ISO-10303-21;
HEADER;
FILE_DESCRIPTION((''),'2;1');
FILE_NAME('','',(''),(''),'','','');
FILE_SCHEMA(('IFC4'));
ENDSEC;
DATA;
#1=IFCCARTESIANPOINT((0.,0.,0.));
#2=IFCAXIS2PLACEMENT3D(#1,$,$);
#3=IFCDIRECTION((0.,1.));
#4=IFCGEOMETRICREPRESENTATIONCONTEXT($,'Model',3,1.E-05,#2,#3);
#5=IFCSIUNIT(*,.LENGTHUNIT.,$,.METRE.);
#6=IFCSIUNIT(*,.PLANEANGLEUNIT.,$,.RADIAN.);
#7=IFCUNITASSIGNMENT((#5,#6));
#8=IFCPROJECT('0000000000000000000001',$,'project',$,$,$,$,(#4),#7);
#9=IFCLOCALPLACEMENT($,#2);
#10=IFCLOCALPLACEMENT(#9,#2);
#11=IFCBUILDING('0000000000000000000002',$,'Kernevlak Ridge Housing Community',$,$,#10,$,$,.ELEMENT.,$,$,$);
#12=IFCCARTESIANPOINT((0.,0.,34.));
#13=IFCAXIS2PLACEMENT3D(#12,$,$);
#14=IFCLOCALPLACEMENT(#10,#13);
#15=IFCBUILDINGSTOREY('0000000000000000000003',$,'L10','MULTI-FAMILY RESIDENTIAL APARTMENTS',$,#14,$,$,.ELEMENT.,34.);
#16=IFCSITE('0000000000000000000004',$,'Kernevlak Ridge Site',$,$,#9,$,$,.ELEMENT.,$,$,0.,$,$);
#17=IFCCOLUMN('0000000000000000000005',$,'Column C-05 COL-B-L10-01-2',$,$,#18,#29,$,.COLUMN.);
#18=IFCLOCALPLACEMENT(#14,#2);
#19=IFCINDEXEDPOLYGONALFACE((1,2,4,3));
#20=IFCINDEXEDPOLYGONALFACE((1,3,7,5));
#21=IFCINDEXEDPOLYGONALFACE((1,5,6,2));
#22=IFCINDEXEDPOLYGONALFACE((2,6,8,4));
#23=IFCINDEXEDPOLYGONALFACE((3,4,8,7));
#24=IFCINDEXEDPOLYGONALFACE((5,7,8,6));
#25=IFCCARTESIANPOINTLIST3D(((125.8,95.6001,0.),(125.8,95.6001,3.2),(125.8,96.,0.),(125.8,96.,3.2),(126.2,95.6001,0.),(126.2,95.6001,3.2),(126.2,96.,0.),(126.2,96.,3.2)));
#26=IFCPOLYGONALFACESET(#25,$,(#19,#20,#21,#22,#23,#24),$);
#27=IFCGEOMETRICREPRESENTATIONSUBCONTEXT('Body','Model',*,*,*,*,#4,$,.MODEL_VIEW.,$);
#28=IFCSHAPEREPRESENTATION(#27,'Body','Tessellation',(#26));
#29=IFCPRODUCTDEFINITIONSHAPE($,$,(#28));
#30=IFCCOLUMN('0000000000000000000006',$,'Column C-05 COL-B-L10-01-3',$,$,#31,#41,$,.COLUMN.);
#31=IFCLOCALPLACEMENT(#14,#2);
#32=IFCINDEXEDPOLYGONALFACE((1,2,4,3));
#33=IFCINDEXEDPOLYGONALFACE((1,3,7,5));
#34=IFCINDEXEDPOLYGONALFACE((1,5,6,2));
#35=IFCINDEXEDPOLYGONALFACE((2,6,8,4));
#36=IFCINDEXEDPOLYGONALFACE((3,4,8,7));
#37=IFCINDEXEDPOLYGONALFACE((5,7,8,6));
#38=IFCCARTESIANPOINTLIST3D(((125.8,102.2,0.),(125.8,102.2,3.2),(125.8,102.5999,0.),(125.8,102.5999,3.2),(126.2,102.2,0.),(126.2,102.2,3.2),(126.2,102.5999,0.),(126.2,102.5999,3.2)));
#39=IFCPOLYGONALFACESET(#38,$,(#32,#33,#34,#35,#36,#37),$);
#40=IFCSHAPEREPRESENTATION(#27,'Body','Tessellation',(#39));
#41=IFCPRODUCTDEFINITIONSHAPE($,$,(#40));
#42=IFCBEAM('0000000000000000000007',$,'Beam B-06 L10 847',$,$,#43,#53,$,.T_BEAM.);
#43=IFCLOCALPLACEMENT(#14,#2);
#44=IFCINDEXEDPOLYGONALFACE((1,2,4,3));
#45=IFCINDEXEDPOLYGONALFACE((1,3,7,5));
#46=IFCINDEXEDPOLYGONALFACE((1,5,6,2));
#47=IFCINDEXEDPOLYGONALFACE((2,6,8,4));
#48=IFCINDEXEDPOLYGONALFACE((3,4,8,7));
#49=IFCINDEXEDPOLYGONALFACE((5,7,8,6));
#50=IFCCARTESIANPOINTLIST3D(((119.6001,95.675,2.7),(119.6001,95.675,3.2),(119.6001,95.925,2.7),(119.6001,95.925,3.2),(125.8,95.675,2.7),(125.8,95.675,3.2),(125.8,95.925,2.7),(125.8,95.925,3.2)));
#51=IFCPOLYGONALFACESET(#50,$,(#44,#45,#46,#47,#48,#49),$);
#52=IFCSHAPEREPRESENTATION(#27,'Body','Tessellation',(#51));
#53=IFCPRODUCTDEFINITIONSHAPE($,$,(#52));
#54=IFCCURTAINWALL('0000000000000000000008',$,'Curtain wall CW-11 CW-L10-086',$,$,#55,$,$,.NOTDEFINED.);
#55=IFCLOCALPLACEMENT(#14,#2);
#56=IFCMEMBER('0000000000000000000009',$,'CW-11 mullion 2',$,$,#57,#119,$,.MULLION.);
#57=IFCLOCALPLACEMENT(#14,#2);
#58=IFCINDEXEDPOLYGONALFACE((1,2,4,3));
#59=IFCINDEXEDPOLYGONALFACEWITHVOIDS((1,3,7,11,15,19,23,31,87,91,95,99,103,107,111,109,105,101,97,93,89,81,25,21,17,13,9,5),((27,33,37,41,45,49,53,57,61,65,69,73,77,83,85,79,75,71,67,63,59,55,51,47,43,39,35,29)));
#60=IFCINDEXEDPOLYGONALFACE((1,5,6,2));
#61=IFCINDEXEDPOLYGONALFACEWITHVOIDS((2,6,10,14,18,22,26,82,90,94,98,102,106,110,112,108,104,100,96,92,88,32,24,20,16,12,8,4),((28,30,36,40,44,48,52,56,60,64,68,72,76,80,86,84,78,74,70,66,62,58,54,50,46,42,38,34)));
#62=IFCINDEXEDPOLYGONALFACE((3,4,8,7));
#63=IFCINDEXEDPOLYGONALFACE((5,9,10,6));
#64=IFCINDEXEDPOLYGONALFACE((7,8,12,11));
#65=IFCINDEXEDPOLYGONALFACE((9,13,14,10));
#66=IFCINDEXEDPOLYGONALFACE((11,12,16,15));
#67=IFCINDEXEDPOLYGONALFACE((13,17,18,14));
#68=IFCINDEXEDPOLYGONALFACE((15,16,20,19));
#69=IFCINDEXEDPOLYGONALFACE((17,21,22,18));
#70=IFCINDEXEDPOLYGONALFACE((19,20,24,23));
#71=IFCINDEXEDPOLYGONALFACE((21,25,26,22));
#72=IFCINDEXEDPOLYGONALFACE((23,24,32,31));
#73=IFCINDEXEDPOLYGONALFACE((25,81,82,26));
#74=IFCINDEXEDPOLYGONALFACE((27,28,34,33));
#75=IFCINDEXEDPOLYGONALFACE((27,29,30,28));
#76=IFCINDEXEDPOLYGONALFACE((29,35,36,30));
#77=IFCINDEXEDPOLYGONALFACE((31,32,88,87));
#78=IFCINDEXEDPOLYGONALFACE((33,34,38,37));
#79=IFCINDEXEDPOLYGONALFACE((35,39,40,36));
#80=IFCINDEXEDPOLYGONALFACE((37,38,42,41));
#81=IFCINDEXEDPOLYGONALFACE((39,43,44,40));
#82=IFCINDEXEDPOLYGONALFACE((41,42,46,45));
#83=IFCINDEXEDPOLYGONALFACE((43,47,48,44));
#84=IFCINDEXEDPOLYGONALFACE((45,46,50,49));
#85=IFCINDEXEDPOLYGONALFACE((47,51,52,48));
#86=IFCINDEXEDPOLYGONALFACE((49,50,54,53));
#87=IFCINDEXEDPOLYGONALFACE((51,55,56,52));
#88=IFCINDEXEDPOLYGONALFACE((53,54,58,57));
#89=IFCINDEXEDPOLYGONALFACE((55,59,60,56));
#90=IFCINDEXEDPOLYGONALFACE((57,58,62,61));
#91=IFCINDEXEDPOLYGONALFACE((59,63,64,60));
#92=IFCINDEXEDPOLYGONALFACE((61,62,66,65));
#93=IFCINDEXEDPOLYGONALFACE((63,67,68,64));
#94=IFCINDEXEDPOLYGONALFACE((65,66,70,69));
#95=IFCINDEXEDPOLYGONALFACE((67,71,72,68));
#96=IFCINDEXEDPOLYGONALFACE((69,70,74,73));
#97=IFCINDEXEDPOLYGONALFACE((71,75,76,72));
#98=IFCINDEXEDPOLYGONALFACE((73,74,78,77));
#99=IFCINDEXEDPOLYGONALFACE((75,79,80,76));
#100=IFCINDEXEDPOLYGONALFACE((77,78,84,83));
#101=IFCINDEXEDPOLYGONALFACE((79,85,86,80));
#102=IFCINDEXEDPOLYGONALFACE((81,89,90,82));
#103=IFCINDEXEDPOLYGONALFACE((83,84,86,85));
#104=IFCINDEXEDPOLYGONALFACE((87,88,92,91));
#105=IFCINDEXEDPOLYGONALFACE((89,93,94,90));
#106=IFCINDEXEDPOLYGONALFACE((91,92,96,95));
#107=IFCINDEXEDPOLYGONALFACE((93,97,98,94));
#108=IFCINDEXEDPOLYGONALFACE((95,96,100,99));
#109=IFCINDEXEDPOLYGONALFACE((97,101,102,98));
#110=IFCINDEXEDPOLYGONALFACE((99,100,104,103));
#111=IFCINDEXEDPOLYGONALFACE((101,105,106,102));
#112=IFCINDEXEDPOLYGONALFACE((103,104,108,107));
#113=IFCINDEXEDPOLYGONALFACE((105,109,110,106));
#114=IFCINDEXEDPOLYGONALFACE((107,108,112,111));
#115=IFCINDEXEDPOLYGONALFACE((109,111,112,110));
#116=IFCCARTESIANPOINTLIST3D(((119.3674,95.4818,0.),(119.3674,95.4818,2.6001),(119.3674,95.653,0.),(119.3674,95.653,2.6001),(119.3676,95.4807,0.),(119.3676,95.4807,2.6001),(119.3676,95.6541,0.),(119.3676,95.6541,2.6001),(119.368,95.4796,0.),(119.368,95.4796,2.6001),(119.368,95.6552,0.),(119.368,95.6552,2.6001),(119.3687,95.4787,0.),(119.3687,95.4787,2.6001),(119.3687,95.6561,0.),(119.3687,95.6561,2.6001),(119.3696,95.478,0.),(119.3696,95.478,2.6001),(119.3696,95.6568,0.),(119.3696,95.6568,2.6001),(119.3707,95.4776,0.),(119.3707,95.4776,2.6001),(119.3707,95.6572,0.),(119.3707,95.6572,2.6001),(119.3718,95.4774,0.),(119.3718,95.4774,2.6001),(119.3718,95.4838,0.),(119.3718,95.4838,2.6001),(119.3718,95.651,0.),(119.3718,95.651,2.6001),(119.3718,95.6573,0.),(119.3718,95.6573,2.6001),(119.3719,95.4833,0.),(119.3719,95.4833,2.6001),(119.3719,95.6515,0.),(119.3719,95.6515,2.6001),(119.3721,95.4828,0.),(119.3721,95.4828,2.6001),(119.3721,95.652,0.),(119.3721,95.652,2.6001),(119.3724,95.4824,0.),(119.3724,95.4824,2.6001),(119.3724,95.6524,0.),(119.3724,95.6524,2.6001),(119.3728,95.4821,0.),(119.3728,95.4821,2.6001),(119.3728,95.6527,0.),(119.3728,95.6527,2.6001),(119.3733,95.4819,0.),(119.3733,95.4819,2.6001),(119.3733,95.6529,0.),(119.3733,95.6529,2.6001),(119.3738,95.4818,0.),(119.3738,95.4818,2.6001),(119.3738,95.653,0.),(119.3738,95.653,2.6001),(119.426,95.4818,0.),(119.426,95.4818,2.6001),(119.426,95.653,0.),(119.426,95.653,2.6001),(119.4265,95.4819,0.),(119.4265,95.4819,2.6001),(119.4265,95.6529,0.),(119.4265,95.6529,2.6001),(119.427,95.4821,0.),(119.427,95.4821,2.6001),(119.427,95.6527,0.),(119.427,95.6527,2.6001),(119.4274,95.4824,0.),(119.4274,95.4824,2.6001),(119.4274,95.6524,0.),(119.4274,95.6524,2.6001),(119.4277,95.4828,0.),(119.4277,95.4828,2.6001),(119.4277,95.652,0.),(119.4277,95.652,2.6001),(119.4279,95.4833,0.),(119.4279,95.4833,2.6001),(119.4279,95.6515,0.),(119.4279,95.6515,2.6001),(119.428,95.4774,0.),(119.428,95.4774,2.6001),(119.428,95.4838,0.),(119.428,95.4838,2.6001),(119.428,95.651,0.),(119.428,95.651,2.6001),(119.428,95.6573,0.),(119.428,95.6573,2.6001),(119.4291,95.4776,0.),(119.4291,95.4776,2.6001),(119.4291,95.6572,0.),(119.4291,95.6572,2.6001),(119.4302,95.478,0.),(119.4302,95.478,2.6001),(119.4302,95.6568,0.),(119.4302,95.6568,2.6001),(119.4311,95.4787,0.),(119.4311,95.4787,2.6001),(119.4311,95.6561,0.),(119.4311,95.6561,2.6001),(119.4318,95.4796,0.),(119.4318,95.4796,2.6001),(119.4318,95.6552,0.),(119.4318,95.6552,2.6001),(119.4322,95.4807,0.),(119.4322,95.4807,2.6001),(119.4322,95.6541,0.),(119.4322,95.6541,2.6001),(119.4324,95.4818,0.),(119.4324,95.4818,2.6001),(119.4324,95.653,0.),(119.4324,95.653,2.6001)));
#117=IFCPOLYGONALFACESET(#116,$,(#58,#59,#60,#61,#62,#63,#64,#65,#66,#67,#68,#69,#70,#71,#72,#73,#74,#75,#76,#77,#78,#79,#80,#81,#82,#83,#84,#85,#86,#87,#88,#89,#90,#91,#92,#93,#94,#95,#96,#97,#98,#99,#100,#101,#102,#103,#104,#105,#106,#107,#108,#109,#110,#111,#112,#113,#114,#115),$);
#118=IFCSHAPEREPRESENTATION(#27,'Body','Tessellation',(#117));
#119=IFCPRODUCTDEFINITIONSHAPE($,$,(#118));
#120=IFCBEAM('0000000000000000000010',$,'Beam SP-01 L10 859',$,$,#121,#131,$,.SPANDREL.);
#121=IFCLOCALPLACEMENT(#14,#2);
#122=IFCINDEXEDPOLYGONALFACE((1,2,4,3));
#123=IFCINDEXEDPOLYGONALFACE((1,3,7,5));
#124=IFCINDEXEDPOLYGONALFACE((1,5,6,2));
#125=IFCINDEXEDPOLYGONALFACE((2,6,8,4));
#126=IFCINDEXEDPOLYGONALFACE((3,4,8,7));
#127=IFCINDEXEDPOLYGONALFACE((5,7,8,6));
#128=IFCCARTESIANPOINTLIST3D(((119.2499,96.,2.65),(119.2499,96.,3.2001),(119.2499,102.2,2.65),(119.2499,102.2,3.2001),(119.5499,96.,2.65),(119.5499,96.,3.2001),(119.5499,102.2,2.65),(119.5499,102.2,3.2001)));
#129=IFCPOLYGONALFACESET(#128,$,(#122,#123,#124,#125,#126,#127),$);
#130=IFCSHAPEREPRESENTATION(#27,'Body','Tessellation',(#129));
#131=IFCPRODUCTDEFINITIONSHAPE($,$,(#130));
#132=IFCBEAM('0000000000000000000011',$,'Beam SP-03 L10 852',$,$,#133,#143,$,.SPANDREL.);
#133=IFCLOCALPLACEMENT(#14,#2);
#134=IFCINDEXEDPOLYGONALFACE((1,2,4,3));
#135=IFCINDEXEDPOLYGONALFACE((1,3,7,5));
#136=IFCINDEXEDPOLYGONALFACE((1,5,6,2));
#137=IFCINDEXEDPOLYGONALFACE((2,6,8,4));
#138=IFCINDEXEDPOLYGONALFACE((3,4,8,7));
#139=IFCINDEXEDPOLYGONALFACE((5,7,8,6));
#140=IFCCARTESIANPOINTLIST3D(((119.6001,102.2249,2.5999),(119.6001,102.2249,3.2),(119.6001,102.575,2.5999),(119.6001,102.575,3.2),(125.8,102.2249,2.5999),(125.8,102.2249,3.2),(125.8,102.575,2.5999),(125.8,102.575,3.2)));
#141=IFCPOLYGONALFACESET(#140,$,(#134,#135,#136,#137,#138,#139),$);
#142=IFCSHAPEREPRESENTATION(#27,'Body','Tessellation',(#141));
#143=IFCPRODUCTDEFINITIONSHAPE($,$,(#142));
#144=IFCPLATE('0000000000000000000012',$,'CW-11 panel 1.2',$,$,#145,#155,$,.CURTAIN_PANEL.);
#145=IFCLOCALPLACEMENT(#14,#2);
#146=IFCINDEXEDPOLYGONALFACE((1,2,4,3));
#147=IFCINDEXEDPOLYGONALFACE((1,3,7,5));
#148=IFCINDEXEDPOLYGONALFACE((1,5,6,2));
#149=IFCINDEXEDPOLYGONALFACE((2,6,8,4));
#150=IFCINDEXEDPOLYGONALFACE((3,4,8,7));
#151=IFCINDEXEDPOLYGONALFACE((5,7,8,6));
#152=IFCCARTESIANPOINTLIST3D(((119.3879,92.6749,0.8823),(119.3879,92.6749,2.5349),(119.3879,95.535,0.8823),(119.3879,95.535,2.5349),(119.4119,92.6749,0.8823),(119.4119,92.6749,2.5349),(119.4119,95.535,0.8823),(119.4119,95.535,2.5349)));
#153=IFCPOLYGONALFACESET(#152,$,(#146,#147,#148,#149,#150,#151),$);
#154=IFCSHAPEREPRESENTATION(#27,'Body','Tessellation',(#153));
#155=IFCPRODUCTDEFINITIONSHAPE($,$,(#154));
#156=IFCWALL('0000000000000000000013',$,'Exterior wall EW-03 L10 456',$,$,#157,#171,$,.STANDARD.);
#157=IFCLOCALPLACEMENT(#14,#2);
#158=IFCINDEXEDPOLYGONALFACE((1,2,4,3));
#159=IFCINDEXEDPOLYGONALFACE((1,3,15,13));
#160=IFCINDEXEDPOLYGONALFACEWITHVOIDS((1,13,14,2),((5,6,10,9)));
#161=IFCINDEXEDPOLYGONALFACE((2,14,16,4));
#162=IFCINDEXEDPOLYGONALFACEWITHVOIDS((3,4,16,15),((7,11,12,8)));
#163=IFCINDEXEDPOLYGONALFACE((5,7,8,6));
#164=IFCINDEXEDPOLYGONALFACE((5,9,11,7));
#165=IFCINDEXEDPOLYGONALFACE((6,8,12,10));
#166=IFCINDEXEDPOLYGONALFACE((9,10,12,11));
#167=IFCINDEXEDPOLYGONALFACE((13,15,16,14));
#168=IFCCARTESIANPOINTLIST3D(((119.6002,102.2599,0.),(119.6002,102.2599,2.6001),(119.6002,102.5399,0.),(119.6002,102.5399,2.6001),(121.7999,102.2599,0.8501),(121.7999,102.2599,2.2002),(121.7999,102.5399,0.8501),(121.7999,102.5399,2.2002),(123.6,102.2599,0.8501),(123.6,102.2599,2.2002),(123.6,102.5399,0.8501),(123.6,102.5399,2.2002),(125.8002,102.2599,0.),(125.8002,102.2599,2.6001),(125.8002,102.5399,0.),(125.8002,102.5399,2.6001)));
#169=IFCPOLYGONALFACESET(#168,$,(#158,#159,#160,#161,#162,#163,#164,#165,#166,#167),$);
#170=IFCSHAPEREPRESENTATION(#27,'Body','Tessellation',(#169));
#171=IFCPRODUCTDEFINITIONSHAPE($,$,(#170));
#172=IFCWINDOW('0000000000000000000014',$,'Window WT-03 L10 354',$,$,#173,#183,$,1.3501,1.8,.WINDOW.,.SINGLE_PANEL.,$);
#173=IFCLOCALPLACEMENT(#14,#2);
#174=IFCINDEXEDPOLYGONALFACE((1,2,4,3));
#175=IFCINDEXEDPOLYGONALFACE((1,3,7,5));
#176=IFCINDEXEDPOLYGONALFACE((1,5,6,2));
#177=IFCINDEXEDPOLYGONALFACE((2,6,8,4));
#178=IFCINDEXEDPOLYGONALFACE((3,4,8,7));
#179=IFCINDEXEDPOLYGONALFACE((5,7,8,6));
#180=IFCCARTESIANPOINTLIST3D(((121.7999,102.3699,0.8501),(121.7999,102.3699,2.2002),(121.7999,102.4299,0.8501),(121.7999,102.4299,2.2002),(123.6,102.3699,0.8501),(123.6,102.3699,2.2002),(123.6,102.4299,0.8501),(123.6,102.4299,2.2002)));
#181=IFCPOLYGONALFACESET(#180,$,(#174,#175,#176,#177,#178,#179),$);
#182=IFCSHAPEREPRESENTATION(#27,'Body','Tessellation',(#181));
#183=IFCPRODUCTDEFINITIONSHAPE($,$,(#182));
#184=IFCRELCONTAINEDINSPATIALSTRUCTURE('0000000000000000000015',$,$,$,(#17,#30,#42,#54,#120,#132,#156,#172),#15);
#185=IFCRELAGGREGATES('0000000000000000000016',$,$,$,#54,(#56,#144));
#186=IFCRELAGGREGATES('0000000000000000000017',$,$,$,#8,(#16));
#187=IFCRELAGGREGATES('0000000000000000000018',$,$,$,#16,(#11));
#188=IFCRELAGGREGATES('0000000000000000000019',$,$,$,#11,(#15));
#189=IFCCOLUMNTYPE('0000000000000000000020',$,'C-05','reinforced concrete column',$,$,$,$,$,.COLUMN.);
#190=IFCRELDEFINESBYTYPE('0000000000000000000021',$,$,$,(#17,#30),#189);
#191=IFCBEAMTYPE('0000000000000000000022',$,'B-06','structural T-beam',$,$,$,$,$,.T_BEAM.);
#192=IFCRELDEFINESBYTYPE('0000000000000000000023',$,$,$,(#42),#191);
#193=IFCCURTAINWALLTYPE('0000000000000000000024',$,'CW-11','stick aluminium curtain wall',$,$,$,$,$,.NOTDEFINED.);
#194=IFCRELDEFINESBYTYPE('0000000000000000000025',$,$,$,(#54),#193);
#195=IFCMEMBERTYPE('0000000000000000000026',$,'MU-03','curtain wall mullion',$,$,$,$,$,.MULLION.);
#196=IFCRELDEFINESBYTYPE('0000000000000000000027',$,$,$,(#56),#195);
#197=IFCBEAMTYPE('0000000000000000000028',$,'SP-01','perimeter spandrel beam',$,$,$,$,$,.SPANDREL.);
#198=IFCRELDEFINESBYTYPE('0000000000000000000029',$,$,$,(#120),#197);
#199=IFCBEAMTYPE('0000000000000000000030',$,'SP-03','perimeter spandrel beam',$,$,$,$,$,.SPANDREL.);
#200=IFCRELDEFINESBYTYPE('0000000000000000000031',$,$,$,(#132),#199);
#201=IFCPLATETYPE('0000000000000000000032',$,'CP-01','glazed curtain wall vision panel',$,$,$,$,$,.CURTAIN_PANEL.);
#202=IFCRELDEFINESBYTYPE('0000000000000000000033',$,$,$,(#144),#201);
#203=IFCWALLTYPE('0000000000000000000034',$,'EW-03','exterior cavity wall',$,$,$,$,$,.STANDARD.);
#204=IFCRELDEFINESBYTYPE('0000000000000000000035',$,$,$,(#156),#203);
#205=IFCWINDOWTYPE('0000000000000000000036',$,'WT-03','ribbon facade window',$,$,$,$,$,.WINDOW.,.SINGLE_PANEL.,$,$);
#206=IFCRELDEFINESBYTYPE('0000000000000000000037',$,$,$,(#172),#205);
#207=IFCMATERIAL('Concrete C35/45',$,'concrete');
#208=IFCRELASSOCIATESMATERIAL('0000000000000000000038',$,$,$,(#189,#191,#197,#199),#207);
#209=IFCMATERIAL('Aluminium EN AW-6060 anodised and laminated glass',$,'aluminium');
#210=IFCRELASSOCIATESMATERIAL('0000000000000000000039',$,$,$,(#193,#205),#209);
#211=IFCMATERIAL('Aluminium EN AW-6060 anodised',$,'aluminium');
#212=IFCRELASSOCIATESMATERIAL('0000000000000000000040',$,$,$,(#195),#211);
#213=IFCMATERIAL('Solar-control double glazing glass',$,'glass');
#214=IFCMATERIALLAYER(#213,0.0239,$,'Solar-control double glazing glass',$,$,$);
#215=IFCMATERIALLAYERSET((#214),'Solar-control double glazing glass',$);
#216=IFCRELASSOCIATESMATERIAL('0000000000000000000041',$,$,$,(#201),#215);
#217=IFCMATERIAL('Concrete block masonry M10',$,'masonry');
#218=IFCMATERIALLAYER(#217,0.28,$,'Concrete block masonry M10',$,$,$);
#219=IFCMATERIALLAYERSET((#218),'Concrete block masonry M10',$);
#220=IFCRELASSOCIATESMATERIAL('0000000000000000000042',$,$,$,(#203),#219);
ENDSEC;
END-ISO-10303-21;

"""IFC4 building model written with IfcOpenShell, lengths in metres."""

from ifc_helpers import new_model, si_unit, direction, frame, frame_2d, origin, origin_2d, place, context, subcontext, project, spatial, rectangle, hollow_rectangle, extrude, material, layer, layer_set, material_profile, profile_set, type_object, element, fill, aggregate, save


model = new_model("IFC4")

# Units and contexts
model_context = context("Model", 3, precision=1e-05, world=origin(), true_north=direction((0.0, 1.0)))
body_context = subcontext(model_context, "Body", "Model", "MODEL_VIEW")
ifc_project = project(units=[si_unit("LENGTHUNIT", "METRE"), si_unit("PLANEANGLEUNIT", "RADIAN")], contexts=[model_context])

# Site, building, storey
site_placement = place(None, origin())
site = spatial("IfcSite", under=ifc_project, at=site_placement, Name="Kernevlak Ridge Site", CompositionType="ELEMENT", RefElevation=0.0)
building_placement = place(site_placement, origin())
building = spatial("IfcBuilding", under=site, at=building_placement, Name="Kernevlak Ridge Housing Community", CompositionType="ELEMENT")
storey_placement = place(building_placement, frame((0.0, 0.0, 34.0)))
storey = spatial("IfcBuildingStorey", under=building, at=storey_placement, Name="L10", Description="MULTI-FAMILY RESIDENTIAL APARTMENTS", CompositionType="ELEMENT", Elevation=34.0)

# Columns
ifc_material_1 = material(Name="Concrete C35/45", Category="concrete")
ifc_material_profile_1 = material_profile(ifc_material_1, rectangle(XDim=0.3999, YDim=0.3999, at=origin_2d()), Name="RC 400x400")
ifc_profile_set_1 = profile_set([ifc_material_profile_1], Name="Concrete C35/45")
column_type = type_object("IfcColumnType", Name="C-05", Description="reinforced concrete column", PredefinedType="COLUMN", material=ifc_profile_set_1)
for number, where, z_axis, x_axis, name in (
    (1, (126.0, 95.8, 0.0), (0.0, 0.0, 1.0), (1.0, 0.0, 0.0), "Column C-05 COL-B-L10-01-2"),
    (2, (126.0, 102.3999, 0.0), (0.0, 0.0, 1.0), (1.0, 0.0, 0.0), "Column C-05 COL-B-L10-01-3"),
):
    element("IfcColumn", number, at=place(storey_placement, frame(where, z_axis=z_axis, x_axis=x_axis)), inside=storey, type_object=column_type, Name=name, PredefinedType="COLUMN", context=body_context, shape_type="SweptSolid", body=[
        extrude(rectangle(XDim=0.3999, YDim=0.3999, at=origin_2d()), origin(), (0.0, 0.0, 1.0), 3.2),
    ])

# Beam
ifc_material_profile_2 = material_profile(ifc_material_1, rectangle(XDim=0.25, YDim=0.5, at=origin_2d()), Name="RC 250x500")
ifc_profile_set_2 = profile_set([ifc_material_profile_2], Name="Concrete C35/45")
beam_type_1 = type_object("IfcBeamType", Name="B-06", Description="structural T-beam", PredefinedType="T_BEAM", material=ifc_profile_set_2)
beam_1_placement = place(storey_placement, frame((119.6001, 95.8, 2.95), z_axis=(1.0, 0.0, 0.0), x_axis=(0.0, 1.0, 0.0)))
element("IfcBeam", 3, at=beam_1_placement, inside=storey, type_object=beam_type_1, Name="Beam B-06 L10 847", PredefinedType="T_BEAM", context=body_context, shape_type="SweptSolid", body=[
    extrude(rectangle(XDim=0.25, YDim=0.5, at=origin_2d()), origin(), (0.0, 0.0, 1.0), 6.2),
])

# Curtain wall, member
ifc_material_2 = material(Name="Aluminium EN AW-6060 anodised and laminated glass", Category="aluminium")
curtain_wall_type = type_object("IfcCurtainWallType", Name="CW-11", Description="stick aluminium curtain wall", PredefinedType="NOTDEFINED", material=ifc_material_2)
curtain_wall_placement = place(storey_placement, origin())
curtain_wall = element("IfcCurtainWall", 4, at=curtain_wall_placement, inside=storey, type_object=curtain_wall_type, Name="Curtain wall CW-11 CW-L10-086", PredefinedType="NOTDEFINED")
ifc_material_3 = material(Name="Aluminium EN AW-6060 anodised", Category="aluminium")
ifc_material_profile_3 = material_profile(ifc_material_3, hollow_rectangle(XDim=0.0649, YDim=0.1799, WallThickness=0.0044, InnerFilletRadius=0.002, OuterFilletRadius=0.0044, at=origin_2d()), Name="ALU 65x180x4.5")
ifc_profile_set_3 = profile_set([ifc_material_profile_3], Name="Aluminium EN AW-6060 anodised")
member_type = type_object("IfcMemberType", Name="MU-03", Description="curtain wall mullion", PredefinedType="MULLION", material=ifc_profile_set_3)
member_placement = place(storey_placement, frame((119.3999, 95.5674, 0.0), z_axis=(0.0, 0.0, 1.0), x_axis=(-1.0, 0.0, 0.0)))
member = element("IfcMember", 5, at=member_placement, type_object=member_type, Name="CW-11 mullion 2", PredefinedType="MULLION", context=body_context, shape_type="SweptSolid", body=[
    extrude(hollow_rectangle(XDim=0.0649, YDim=0.1799, WallThickness=0.0044, InnerFilletRadius=0.002, OuterFilletRadius=0.0044, at=origin_2d()), origin(), (0.0, 0.0, 1.0), 2.6001),
])

# Beams
ifc_material_profile_4 = material_profile(ifc_material_1, rectangle(XDim=0.3, YDim=0.55, at=origin_2d()), Name="RC 300x550")
ifc_profile_set_4 = profile_set([ifc_material_profile_4], Name="Concrete C35/45")
beam_type_2 = type_object("IfcBeamType", Name="SP-01", Description="perimeter spandrel beam", PredefinedType="SPANDREL", material=ifc_profile_set_4)
beam_2_placement = place(storey_placement, frame((119.3999, 96.0, 2.925), z_axis=(0.0, 1.0, 0.0), x_axis=(-1.0, 0.0, 0.0)))
element("IfcBeam", 6, at=beam_2_placement, inside=storey, type_object=beam_type_2, Name="Beam SP-01 L10 859", PredefinedType="SPANDREL", context=body_context, shape_type="SweptSolid", body=[
    extrude(rectangle(XDim=0.3, YDim=0.55, at=origin_2d()), origin(), (0.0, 0.0, 1.0), 6.2),
])
ifc_material_profile_5 = material_profile(ifc_material_1, rectangle(XDim=0.3501, YDim=0.6001, at=origin_2d()), Name="RC 350x600")
ifc_profile_set_5 = profile_set([ifc_material_profile_5], Name="Concrete C35/45")
beam_type_3 = type_object("IfcBeamType", Name="SP-03", Description="perimeter spandrel beam", PredefinedType="SPANDREL", material=ifc_profile_set_5)
beam_3_placement = place(storey_placement, frame((119.6001, 102.3999, 2.8999), z_axis=(1.0, 0.0, 0.0), x_axis=(0.0, 1.0, 0.0)))
element("IfcBeam", 7, at=beam_3_placement, inside=storey, type_object=beam_type_3, Name="Beam SP-03 L10 852", PredefinedType="SPANDREL", context=body_context, shape_type="SweptSolid", body=[
    extrude(rectangle(XDim=0.3501, YDim=0.6001, at=origin_2d()), origin(), (0.0, 0.0, 1.0), 6.2),
])

# Plate
ifc_material_4 = material(Name="Solar-control double glazing glass", Category="glass")
ifc_layer_1 = layer(ifc_material_4, 0.0239, Name="Solar-control double glazing glass")
ifc_layer_set_1 = layer_set([ifc_layer_1], Name="Solar-control double glazing glass")
plate_type = type_object("IfcPlateType", Name="CP-01", Description="glazed curtain wall vision panel", PredefinedType="CURTAIN_PANEL", material=ifc_layer_set_1)
plate_placement = place(storey_placement, frame((119.3999, 94.105, 0.8823), z_axis=(0.0, 0.0, 1.0), x_axis=(0.0, 1.0, 0.0)))
plate = element("IfcPlate", 8, at=plate_placement, type_object=plate_type, Name="CW-11 panel 1.2", PredefinedType="CURTAIN_PANEL", context=body_context, shape_type="SweptSolid", body=[
    extrude(rectangle(XDim=2.8601, YDim=0.0239, at=origin_2d()), origin(), (0.0, 0.0, 1.0), 1.6526),
])
aggregate(curtain_wall, [member, plate])

# Wall, opening, window
ifc_material_5 = material(Name="Concrete block masonry M10", Category="masonry")
ifc_layer_2 = layer(ifc_material_5, 0.28, Name="Concrete block masonry M10")
ifc_layer_set_2 = layer_set([ifc_layer_2], Name="Concrete block masonry M10")
wall_type_1 = type_object("IfcWallType", Name="EW-03", Description="exterior cavity wall", PredefinedType="STANDARD", material=ifc_layer_set_2)
wall_1_placement = place(storey_placement, frame((119.6001, 102.3999, 0.0), z_axis=(0.0, 0.0, 1.0), x_axis=(1.0, 0.0, 0.0)))
wall_1 = element("IfcWall", 9, at=wall_1_placement, inside=storey, type_object=wall_type_1, Name="Exterior wall EW-03 L10 456", PredefinedType="STANDARD", context=body_context, shape_type="SweptSolid", body=[
    extrude(rectangle(XDim=6.2, YDim=0.28, at=frame_2d((3.1001, 0.0))), origin(), (0.0, 0.0, 1.0), 2.6001),
])
opening_1_placement = place(wall_1_placement, frame((2.2, 0.0, 0.8501)))
opening_1 = element("IfcOpeningElement", 10, at=opening_1_placement, cuts=wall_1, PredefinedType="OPENING", context=body_context, shape_type="SweptSolid", body=[
    extrude(rectangle(XDim=1.8, YDim=1.3501, at=frame_2d((0.8999, 0.675))), frame((0.0, 0.1499, 0.0), z_axis=(0.0, -1.0, 0.0), x_axis=(1.0, 0.0, 0.0)), (0.0, 0.0, 1.0), 0.3),
])
window_type = type_object("IfcWindowType", Name="WT-03", Description="ribbon facade window", PartitioningType="SINGLE_PANEL", PredefinedType="WINDOW", material=ifc_material_2)
window_placement = place(opening_1_placement, origin())
window = element("IfcWindow", 11, at=window_placement, inside=storey, type_object=window_type, Name="Window WT-03 L10 354", OverallHeight=1.3501, OverallWidth=1.8, PartitioningType="SINGLE_PANEL", PredefinedType="WINDOW", context=body_context, shape_type="SweptSolid", body=[
    extrude(rectangle(XDim=1.8, YDim=1.3501, at=frame_2d((0.8999, 0.675))), frame((0.0, 0.03, 0.0), z_axis=(0.0, -1.0, 0.0), x_axis=(1.0, 0.0, 0.0)), (0.0, 0.0, 1.0), 0.0601),
])
fill(opening_1, window)

save(model, "model.ifc")
